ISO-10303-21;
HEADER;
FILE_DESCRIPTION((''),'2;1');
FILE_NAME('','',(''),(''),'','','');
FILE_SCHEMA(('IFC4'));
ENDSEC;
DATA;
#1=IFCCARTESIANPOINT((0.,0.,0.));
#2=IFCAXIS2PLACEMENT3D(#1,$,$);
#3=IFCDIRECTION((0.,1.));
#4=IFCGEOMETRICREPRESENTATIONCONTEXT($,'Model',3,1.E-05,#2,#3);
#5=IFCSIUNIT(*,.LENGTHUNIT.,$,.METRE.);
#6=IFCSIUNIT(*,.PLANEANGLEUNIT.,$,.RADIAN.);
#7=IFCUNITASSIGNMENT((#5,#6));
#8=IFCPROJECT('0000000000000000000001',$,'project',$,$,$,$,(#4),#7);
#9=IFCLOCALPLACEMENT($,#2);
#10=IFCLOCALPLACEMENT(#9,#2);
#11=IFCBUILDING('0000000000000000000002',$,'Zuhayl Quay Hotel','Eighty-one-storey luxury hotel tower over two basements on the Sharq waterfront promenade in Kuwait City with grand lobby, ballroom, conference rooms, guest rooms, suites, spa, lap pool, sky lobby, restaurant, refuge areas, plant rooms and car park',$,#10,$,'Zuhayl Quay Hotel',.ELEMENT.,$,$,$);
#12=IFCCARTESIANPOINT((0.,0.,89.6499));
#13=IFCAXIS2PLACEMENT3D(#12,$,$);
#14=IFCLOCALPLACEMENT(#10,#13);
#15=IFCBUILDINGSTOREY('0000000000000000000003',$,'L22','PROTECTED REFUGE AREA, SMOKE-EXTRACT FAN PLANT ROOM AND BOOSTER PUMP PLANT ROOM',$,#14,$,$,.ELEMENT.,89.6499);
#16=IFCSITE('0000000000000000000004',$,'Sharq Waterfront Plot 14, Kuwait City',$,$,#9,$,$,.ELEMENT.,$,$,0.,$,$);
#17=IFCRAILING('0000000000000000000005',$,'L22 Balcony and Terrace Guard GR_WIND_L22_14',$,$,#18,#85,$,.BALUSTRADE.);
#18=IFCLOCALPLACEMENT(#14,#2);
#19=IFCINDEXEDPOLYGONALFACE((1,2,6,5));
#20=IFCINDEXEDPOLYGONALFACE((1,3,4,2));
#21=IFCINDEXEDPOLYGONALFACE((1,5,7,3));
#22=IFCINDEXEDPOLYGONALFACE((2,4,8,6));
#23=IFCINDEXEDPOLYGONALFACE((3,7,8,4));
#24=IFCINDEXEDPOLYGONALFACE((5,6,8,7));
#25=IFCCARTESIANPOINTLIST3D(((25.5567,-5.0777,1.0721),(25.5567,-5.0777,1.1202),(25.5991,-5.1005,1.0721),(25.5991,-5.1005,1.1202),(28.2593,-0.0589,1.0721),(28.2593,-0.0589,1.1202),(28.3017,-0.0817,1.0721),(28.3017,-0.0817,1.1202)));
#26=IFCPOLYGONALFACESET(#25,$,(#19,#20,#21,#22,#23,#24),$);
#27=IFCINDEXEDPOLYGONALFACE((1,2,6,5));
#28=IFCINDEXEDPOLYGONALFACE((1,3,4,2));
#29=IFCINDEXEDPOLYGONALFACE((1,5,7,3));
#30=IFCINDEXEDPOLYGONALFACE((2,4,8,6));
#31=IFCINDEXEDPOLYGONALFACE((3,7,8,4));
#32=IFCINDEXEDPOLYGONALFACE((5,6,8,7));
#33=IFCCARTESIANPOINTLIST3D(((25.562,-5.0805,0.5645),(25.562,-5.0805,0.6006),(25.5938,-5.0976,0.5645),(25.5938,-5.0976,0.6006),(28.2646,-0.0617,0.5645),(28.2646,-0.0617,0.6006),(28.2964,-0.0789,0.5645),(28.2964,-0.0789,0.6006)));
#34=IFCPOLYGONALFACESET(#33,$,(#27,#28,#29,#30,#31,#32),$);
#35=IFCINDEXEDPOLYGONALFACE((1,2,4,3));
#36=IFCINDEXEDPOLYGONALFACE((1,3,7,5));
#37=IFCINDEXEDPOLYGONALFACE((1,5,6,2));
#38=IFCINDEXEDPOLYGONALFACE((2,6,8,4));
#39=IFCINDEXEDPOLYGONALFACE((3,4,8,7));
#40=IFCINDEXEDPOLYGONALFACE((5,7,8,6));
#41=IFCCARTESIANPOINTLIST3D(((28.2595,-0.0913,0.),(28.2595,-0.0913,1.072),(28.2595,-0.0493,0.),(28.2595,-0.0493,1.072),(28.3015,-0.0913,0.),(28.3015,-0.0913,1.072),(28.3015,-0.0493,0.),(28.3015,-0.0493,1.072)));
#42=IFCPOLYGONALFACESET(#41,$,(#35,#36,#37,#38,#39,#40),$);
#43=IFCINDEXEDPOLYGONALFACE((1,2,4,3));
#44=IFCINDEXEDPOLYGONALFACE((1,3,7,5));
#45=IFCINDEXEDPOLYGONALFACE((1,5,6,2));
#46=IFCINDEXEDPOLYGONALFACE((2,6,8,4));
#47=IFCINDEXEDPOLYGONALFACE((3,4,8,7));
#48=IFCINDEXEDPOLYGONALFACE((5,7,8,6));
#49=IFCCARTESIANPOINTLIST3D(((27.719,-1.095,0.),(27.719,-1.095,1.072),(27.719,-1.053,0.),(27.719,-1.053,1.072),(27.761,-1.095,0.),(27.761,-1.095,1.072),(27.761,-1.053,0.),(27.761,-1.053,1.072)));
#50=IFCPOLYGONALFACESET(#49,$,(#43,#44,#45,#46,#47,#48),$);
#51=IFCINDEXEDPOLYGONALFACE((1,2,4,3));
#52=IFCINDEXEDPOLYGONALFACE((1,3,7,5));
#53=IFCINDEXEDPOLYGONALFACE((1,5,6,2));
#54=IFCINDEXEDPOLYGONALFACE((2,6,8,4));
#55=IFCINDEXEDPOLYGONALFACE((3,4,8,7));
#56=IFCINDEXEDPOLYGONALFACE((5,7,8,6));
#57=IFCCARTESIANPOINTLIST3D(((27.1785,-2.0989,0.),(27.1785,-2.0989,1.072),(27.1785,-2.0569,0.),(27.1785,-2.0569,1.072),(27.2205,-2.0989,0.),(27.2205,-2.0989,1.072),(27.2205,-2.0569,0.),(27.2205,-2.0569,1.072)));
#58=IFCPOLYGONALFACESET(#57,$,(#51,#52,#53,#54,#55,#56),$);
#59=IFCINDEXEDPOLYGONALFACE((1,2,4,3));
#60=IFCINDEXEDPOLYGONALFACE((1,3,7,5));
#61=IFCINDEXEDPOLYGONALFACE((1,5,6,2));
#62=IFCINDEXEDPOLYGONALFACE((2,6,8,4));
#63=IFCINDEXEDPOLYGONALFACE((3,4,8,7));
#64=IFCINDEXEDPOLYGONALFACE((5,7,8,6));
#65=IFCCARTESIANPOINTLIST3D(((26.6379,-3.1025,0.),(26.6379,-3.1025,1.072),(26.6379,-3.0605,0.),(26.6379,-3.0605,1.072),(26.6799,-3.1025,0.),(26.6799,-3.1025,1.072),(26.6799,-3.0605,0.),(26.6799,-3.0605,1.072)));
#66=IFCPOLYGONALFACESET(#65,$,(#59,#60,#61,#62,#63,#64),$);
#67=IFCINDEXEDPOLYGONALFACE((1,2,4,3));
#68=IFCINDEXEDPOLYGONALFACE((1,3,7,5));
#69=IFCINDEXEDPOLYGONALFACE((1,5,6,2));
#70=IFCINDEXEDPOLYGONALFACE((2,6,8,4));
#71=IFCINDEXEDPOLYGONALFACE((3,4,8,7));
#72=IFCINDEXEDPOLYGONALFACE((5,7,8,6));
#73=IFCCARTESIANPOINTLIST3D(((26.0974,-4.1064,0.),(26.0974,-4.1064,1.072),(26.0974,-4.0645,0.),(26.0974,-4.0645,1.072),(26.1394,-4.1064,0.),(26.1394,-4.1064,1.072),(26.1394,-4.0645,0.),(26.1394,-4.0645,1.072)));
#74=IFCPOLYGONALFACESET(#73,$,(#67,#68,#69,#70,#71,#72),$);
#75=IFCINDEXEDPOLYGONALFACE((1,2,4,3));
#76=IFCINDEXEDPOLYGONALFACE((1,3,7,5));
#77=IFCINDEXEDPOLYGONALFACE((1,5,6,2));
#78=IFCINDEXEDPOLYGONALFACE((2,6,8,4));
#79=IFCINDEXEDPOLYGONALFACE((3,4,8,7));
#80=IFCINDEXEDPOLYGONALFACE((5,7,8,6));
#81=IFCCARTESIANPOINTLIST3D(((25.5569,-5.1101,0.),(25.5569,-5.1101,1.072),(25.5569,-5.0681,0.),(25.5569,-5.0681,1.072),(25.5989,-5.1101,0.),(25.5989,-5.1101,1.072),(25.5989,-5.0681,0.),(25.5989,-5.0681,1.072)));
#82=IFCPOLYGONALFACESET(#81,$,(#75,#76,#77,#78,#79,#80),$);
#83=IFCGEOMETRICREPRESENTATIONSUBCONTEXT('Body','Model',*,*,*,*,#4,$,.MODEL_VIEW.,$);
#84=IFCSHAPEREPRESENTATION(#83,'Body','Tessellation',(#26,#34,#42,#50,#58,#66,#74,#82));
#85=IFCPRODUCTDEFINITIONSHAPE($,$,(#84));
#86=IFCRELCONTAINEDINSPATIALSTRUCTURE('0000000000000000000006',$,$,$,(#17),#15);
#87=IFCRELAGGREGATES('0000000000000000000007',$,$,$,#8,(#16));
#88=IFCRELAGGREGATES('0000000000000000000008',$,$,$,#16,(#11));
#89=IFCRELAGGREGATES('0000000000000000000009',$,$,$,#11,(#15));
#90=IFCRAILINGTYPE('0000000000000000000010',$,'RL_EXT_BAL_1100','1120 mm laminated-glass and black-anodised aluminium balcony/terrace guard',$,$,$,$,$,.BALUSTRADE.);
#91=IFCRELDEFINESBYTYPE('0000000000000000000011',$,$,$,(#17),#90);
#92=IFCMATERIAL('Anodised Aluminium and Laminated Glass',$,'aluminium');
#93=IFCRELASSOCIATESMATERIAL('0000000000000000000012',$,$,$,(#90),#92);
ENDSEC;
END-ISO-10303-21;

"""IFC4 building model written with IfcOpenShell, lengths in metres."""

from ifc_helpers import new_model, si_unit, direction, frame, origin, origin_2d, place, context, subcontext, project, spatial, rectangle, extrude, material, type_object, element, save


model = new_model("IFC4")

# Units and contexts
model_context = context("Model", 3, precision=1e-05, world=origin(), true_north=direction((0.0, 1.0)))
body_context = subcontext(model_context, "Body", "Model", "MODEL_VIEW")
ifc_project = project(units=[si_unit("LENGTHUNIT", "METRE"), si_unit("PLANEANGLEUNIT", "RADIAN")], contexts=[model_context])

# Site, building, storey
site_placement = place(None, origin())
site = spatial("IfcSite", under=ifc_project, at=site_placement, Name="Sharq Waterfront Plot 14, Kuwait City", CompositionType="ELEMENT", RefElevation=0.0)
building_placement = place(site_placement, origin())
building = spatial("IfcBuilding", under=site, at=building_placement, Name="Zuhayl Quay Hotel", Description="Eighty-one-storey luxury hotel tower over two basements on the Sharq waterfront promenade in Kuwait City with grand lobby, ballroom, conference rooms, guest rooms, suites, spa, lap pool, sky lobby, restaurant, refuge areas, plant rooms and car park", LongName="Zuhayl Quay Hotel", CompositionType="ELEMENT")
storey_placement = place(building_placement, frame((0.0, 0.0, 89.6499)))
storey = spatial("IfcBuildingStorey", under=building, at=storey_placement, Name="L22", Description="PROTECTED REFUGE AREA, SMOKE-EXTRACT FAN PLANT ROOM AND BOOSTER PUMP PLANT ROOM", CompositionType="ELEMENT", Elevation=89.6499)

# Railing
ifc_material_1 = material(Name="Anodised Aluminium and Laminated Glass", Category="aluminium")
railing_type = type_object("IfcRailingType", Name="RL_EXT_BAL_1100", Description="1120 mm laminated-glass and black-anodised aluminium balcony/terrace guard", PredefinedType="BALUSTRADE", material=ifc_material_1)
railing_placement = place(storey_placement, frame((28.2805, -0.0703, 0.0)))
element("IfcRailing", 1, at=railing_placement, inside=storey, type_object=railing_type, Name="L22 Balcony and Terrace Guard GR_WIND_L22_14", PredefinedType="BALUSTRADE", context=body_context, shape_type="SweptSolid", body=[
    extrude(rectangle(XDim=0.0481, YDim=0.0481, at=origin_2d()), frame((0.0, 0.0, 1.0962), z_axis=(-0.474128, -0.880456, 0.0), x_axis=(0.880456, -0.474128, 0.0)), (0.0, 0.0, 1.0), 5.7002),
    extrude(rectangle(XDim=0.0361, YDim=0.0361, at=origin_2d()), frame((0.0, 0.0, 0.5825), z_axis=(-0.474128, -0.880456, 0.0), x_axis=(0.880456, -0.474128, 0.0)), (0.0, 0.0, 1.0), 5.7002),
    extrude(rectangle(XDim=0.042, YDim=0.042, at=origin_2d()), origin(), (0.0, 0.0, 1.0), 1.072),
    extrude(rectangle(XDim=0.042, YDim=0.042, at=origin_2d()), frame((-0.5405, -1.0037, 0.0)), (0.0, 0.0, 1.0), 1.072),
    extrude(rectangle(XDim=0.042, YDim=0.042, at=origin_2d()), frame((-1.0811, -2.0076, 0.0)), (0.0, 0.0, 1.0), 1.072),
    extrude(rectangle(XDim=0.042, YDim=0.042, at=origin_2d()), frame((-1.6216, -3.0112, 0.0)), (0.0, 0.0, 1.0), 1.072),
    extrude(rectangle(XDim=0.042, YDim=0.042, at=origin_2d()), frame((-2.1621, -4.0151, 0.0)), (0.0, 0.0, 1.0), 1.072),
    extrude(rectangle(XDim=0.042, YDim=0.042, at=origin_2d()), frame((-2.7026, -5.0188, 0.0)), (0.0, 0.0, 1.0), 1.072),
])

save(model, "model.ifc")
